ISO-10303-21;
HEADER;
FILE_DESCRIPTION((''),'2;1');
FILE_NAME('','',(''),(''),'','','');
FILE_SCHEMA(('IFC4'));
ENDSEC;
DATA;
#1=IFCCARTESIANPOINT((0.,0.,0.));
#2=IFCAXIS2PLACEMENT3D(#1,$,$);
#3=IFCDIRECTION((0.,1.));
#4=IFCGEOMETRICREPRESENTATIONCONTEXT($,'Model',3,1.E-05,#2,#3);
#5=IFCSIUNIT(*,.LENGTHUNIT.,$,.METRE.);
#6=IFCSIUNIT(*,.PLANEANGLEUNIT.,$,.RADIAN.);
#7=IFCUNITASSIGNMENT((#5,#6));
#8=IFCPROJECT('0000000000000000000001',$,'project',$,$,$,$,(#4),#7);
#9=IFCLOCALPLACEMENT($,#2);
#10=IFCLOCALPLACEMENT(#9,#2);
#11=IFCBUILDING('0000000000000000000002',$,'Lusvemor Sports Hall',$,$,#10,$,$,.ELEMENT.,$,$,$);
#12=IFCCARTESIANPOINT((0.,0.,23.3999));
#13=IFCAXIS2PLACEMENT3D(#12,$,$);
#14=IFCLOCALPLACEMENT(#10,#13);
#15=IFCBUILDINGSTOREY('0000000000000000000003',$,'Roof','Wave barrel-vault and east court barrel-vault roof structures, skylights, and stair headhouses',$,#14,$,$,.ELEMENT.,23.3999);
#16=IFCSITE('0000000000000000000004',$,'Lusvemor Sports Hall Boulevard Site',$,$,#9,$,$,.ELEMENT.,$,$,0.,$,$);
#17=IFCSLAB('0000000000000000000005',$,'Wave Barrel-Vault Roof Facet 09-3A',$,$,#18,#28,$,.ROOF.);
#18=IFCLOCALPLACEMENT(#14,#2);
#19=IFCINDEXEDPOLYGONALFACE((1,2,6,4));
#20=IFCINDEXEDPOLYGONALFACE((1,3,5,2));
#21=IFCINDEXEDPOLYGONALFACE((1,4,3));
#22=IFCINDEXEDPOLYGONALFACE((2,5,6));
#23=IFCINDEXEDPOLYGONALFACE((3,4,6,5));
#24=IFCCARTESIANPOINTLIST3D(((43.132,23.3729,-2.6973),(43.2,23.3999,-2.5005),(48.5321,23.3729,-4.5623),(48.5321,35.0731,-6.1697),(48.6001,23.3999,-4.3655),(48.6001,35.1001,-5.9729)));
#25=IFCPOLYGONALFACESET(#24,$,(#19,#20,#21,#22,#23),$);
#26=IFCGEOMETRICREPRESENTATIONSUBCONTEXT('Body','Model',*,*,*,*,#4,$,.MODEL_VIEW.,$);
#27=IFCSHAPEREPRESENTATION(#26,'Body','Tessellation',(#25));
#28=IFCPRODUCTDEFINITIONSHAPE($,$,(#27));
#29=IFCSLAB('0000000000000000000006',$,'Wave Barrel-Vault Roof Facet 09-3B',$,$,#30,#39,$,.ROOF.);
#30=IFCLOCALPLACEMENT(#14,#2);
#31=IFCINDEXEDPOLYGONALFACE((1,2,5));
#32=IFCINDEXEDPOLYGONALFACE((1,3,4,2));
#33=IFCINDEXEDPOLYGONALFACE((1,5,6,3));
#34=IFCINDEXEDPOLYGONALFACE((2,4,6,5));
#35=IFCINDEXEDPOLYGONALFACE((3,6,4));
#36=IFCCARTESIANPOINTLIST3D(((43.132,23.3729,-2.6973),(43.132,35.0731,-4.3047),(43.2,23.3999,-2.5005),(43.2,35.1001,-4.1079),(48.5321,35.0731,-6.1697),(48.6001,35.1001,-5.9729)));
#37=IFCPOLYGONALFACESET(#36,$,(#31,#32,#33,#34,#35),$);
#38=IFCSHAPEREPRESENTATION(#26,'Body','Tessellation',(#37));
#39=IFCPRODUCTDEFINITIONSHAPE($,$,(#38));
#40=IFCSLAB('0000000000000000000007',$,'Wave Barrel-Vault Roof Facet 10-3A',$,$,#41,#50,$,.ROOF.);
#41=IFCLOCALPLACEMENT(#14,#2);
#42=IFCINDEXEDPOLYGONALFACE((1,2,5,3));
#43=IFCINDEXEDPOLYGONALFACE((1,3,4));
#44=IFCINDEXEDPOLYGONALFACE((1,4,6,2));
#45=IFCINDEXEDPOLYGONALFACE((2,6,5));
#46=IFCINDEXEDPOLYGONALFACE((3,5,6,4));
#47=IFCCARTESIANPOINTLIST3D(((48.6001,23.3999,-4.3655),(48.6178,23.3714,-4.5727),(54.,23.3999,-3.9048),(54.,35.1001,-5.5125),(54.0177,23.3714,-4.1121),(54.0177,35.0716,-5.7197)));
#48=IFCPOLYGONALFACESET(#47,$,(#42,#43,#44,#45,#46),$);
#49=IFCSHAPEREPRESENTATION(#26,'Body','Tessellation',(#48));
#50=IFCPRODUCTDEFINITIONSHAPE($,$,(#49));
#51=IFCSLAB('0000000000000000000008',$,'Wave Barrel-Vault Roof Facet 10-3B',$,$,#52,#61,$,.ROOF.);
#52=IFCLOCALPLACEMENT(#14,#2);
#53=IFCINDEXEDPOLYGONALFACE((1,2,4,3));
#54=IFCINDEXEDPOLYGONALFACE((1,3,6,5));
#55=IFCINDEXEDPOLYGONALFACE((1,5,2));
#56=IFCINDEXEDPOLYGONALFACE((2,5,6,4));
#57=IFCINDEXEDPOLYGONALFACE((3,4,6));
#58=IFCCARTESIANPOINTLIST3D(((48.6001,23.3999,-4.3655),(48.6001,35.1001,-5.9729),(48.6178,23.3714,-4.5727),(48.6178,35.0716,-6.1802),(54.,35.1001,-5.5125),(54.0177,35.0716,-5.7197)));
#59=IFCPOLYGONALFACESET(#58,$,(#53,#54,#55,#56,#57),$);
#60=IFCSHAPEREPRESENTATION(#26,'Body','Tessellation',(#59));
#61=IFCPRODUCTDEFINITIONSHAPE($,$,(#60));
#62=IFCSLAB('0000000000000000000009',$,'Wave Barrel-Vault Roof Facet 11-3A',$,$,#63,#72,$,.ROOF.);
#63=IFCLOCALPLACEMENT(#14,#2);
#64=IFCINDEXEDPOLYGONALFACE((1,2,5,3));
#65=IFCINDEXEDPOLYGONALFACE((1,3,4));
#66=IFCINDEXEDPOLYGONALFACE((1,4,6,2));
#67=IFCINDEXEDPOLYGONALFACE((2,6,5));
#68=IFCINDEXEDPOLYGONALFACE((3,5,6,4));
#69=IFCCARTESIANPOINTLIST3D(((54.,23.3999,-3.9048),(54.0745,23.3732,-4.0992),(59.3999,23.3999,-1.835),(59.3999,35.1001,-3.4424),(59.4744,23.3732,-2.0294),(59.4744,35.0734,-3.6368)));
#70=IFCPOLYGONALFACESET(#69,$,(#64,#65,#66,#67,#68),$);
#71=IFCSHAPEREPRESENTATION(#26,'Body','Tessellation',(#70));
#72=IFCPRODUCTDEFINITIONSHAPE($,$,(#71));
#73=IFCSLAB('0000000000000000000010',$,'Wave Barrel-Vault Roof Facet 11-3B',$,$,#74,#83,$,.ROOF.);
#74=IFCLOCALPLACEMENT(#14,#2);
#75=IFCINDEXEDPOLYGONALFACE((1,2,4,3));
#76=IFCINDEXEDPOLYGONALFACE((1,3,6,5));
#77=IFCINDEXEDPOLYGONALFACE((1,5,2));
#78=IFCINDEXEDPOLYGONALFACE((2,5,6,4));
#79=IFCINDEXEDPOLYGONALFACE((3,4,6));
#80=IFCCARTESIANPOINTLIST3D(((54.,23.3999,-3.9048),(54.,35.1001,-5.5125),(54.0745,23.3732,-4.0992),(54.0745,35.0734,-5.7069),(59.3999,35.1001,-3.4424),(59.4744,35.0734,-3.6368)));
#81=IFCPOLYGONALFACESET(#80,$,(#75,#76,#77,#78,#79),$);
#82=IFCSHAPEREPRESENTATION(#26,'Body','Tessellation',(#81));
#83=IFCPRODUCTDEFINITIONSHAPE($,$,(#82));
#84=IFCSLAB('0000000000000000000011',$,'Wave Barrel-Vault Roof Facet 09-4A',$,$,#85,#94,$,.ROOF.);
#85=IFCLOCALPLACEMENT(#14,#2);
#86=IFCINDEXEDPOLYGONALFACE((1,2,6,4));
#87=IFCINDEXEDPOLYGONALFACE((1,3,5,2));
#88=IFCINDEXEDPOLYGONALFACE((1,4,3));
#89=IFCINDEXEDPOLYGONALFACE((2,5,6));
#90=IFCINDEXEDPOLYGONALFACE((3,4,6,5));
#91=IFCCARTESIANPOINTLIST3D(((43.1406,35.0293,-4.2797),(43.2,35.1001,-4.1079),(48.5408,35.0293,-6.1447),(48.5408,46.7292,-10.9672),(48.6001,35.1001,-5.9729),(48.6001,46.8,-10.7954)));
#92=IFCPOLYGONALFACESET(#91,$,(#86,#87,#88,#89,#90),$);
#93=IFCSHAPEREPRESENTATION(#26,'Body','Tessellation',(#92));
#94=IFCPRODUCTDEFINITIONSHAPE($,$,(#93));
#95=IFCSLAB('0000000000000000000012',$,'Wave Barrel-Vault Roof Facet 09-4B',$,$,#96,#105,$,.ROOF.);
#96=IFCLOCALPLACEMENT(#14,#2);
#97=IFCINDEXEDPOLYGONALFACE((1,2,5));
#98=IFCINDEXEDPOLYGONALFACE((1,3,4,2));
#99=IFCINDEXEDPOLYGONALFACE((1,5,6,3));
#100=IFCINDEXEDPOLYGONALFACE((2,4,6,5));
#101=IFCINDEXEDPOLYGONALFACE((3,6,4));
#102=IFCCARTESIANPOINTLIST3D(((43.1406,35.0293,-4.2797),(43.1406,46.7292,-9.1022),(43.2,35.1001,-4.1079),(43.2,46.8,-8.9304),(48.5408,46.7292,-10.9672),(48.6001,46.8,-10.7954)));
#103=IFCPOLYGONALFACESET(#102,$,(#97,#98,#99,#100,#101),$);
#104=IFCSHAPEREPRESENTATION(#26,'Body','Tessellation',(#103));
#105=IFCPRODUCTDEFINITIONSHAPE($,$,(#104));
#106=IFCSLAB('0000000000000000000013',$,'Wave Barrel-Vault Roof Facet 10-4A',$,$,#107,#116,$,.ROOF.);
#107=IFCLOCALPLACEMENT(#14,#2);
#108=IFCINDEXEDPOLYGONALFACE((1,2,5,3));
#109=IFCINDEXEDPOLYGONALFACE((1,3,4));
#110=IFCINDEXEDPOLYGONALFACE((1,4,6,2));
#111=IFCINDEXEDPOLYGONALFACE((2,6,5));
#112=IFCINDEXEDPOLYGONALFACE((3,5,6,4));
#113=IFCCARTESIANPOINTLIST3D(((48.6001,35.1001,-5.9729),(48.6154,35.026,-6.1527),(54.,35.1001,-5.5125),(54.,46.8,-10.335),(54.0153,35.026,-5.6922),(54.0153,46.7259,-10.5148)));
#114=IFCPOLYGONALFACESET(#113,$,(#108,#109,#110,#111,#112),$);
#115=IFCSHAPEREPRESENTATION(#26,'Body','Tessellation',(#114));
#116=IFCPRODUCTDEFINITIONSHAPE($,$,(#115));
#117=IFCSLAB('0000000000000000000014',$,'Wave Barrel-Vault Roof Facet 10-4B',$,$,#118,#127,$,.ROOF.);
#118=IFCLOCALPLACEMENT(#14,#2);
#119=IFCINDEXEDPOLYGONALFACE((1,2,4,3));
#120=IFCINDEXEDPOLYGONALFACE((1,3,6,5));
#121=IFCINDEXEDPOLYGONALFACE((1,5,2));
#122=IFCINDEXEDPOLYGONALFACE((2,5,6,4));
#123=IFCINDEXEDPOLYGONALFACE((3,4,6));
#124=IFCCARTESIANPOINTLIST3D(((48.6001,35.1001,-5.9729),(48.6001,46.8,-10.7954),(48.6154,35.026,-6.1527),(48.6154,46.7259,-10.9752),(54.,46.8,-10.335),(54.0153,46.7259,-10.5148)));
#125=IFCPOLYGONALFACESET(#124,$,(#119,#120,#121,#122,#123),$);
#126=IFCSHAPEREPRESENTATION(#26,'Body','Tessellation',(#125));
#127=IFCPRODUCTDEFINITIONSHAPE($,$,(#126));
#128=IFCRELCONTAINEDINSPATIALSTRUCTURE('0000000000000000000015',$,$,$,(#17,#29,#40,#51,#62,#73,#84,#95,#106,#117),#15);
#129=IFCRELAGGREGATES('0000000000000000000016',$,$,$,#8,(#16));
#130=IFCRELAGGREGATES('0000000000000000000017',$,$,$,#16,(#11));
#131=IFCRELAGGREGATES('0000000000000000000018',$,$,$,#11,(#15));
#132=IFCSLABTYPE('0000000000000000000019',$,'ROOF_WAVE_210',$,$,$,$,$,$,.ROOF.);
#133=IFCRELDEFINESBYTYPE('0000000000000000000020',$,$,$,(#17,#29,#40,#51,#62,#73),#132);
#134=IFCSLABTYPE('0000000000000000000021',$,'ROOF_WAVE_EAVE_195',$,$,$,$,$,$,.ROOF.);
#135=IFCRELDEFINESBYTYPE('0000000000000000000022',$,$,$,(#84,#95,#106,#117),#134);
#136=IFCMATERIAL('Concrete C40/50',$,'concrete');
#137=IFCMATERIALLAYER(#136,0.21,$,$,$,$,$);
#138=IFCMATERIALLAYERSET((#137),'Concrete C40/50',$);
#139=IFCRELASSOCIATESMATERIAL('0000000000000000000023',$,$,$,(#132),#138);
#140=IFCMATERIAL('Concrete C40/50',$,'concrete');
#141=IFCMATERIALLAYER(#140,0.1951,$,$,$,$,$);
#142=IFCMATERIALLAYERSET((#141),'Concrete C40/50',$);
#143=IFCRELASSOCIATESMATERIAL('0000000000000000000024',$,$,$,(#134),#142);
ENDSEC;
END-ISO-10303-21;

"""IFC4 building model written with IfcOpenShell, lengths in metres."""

from ifc_helpers import new_model, si_unit, direction, frame, origin, place, context, subcontext, project, spatial, polyline, outline, extrude, material, layer, layer_set, type_object, element, save


model = new_model("IFC4")

# Units and contexts
model_context = context("Model", 3, precision=1e-05, world=origin(), true_north=direction((0.0, 1.0)))
body_context = subcontext(model_context, "Body", "Model", "MODEL_VIEW")
ifc_project = project(units=[si_unit("LENGTHUNIT", "METRE"), si_unit("PLANEANGLEUNIT", "RADIAN")], contexts=[model_context])

# Site, building, storey
site_placement = place(None, origin())
site = spatial("IfcSite", under=ifc_project, at=site_placement, Name="Lusvemor Sports Hall Boulevard Site", CompositionType="ELEMENT", RefElevation=0.0)
building_placement = place(site_placement, origin())
building = spatial("IfcBuilding", under=site, at=building_placement, Name="Lusvemor Sports Hall", CompositionType="ELEMENT")
storey_placement = place(building_placement, frame((0.0, 0.0, 23.3999)))
storey = spatial("IfcBuildingStorey", under=building, at=storey_placement, Name="Roof", Description="Wave barrel-vault and east court barrel-vault roof structures, skylights, and stair headhouses", CompositionType="ELEMENT", Elevation=23.3999)

# Slabs
ifc_material_1 = material(Name="Concrete C40/50", Category="concrete")
ifc_layer_1 = layer(ifc_material_1, 0.21)
ifc_layer_set_1 = layer_set([ifc_layer_1], Name="Concrete C40/50")
slab_type_1 = type_object("IfcSlabType", Name="ROOF_WAVE_210", PredefinedType="ROOF", material=ifc_layer_set_1)
slab_1_placement = place(storey_placement, frame((43.2, 23.3999, -2.5005), z_axis=(0.323722, 0.128777, 0.937348), x_axis=(0.945218, 0.0, -0.32644)))
element("IfcSlab", 1, at=slab_1_placement, inside=storey, type_object=slab_type_1, Name="Wave Barrel-Vault Roof Facet 09-3A", PredefinedType="ROOF", context=body_context, shape_type="SweptSolid", body=[
    extrude(outline(polyline([(0.0, 0.0), (5.7131, 0.0), (6.2378, 11.7984), (0.0, 0.0)])), origin(), (0.0, 0.0, -1.0), 0.21),
])
slab_2_placement = place(storey_placement, frame((43.2, 23.3999, -2.5005), z_axis=(0.323722, 0.128777, 0.937348), x_axis=(0.404629, 0.876687, -0.260185)))
element("IfcSlab", 2, at=slab_2_placement, inside=storey, type_object=slab_type_1, Name="Wave Barrel-Vault Roof Facet 09-3B", PredefinedType="ROOF", context=body_context, shape_type="SweptSolid", body=[
    extrude(outline(polyline([(0.0, 0.0), (13.3459, 0.0), (10.6756, 5.0507), (0.0, 0.0)])), origin(), (0.0, 0.0, -1.0), 0.21),
])
slab_3_placement = place(storey_placement, frame((48.6001, 23.3999, -4.3655), z_axis=(-0.084221, 0.135642, 0.987172), x_axis=(0.99638, 0.0, 0.085006)))
element("IfcSlab", 3, at=slab_3_placement, inside=storey, type_object=slab_type_1, Name="Wave Barrel-Vault Roof Facet 10-3A", PredefinedType="ROOF", context=body_context, shape_type="SweptSolid", body=[
    extrude(outline(polyline([(0.0, 0.0), (5.4195, 0.0), (5.2829, 11.8093), (0.0, 0.0)])), origin(), (0.0, 0.0, -1.0), 0.21),
])
slab_4_placement = place(storey_placement, frame((48.6001, 23.3999, -4.3655), z_axis=(-0.084177, 0.135623, 0.987178), x_axis=(0.417396, 0.90439, -0.088657)))
element("IfcSlab", 4, at=slab_4_placement, inside=storey, type_object=slab_type_1, Name="Wave Barrel-Vault Roof Facet 10-3B", PredefinedType="ROOF", context=body_context, shape_type="SweptSolid", body=[
    extrude(outline(polyline([(0.0, 0.0), (12.9371, 0.0), (10.724, 4.947), (0.0, 0.0)])), origin(), (0.0, 0.0, -1.0), 0.21),
])
slab_5_placement = place(storey_placement, frame((54.0, 23.3999, -3.9048), z_axis=(-0.355006, 0.12724, 0.926164), x_axis=(0.933754, 0.0, 0.357915)))
element("IfcSlab", 5, at=slab_5_placement, inside=storey, type_object=slab_type_1, Name="Wave Barrel-Vault Roof Facet 11-3A", PredefinedType="ROOF", context=body_context, shape_type="SweptSolid", body=[
    extrude(outline(polyline([(0.0, 0.0), (5.783, 0.0), (5.2077, 11.7961), (0.0, 0.0)])), origin(), (0.0, 0.0, -1.0), 0.21),
])
slab_6_placement = place(storey_placement, frame((54.0, 23.3999, -3.9048), z_axis=(-0.355042, 0.127257, 0.926148), x_axis=(0.418777, 0.907381, 0.035861)))
element("IfcSlab", 6, at=slab_6_placement, inside=storey, type_object=slab_type_1, Name="Wave Barrel-Vault Roof Facet 11-3B", PredefinedType="ROOF", context=body_context, shape_type="SweptSolid", body=[
    extrude(outline(polyline([(0.0, 0.0), (12.8945, 0.0), (10.5589, 5.2905), (0.0, 0.0)])), origin(), (0.0, 0.0, -1.0), 0.21),
])
ifc_material_2 = material(Name="Concrete C40/50", Category="concrete")
ifc_layer_2 = layer(ifc_material_2, 0.1951)
ifc_layer_set_2 = layer_set([ifc_layer_2], Name="Concrete C40/50")
slab_type_2 = type_object("IfcSlabType", Name="ROOF_WAVE_EAVE_195", PredefinedType="ROOF", material=ifc_layer_set_2)
slab_7_placement = place(storey_placement, frame((43.2, 35.1001, -4.1079), z_axis=(0.30417, 0.363023, 0.880735), x_axis=(0.945218, 0.0, -0.32644)))
element("IfcSlab", 7, at=slab_7_placement, inside=storey, type_object=slab_type_2, Name="Wave Barrel-Vault Roof Facet 09-4A", PredefinedType="ROOF", context=body_context, shape_type="SweptSolid", body=[
    extrude(outline(polyline([(0.0, 0.0), (5.7131, 0.0), (7.2874, 12.5566), (0.0, 0.0)])), origin(), (0.0, 0.0, -1.0), 0.1951),
])
slab_8_placement = place(storey_placement, frame((43.2, 35.1001, -4.1079), z_axis=(0.30417, 0.363023, 0.880735), x_axis=(0.371961, 0.805891, -0.460634)))
element("IfcSlab", 8, at=slab_8_placement, inside=storey, type_object=slab_type_2, Name="Wave Barrel-Vault Roof Facet 09-4B", PredefinedType="ROOF", context=body_context, shape_type="SweptSolid", body=[
    extrude(outline(polyline([(0.0, 0.0), (14.518, 0.0), (11.6503, 4.9412), (0.0, 0.0)])), origin(), (0.0, 0.0, -1.0), 0.1951),
])
slab_9_placement = place(storey_placement, frame((48.6001, 35.1001, -5.9729), z_axis=(-0.078592, 0.379901, 0.921682), x_axis=(0.996384, 0.0, 0.084962)))
element("IfcSlab", 9, at=slab_9_placement, inside=storey, type_object=slab_type_2, Name="Wave Barrel-Vault Roof Facet 10-4A", PredefinedType="ROOF", context=body_context, shape_type="SweptSolid", body=[
    extrude(outline(polyline([(0.0, 0.0), (5.4195, 0.0), (5.0098, 12.6482), (0.0, 0.0)])), origin(), (0.0, 0.0, -1.0), 0.1951),
])
slab_10_placement = place(storey_placement, frame((48.6001, 35.1001, -5.9729), z_axis=(-0.078592, 0.379901, 0.921682), x_axis=(0.396928, 0.860022, -0.32064)))
element("IfcSlab", 10, at=slab_10_placement, inside=storey, type_object=slab_type_2, Name="Wave Barrel-Vault Roof Facet 10-4B", PredefinedType="ROOF", context=body_context, shape_type="SweptSolid", body=[
    extrude(outline(polyline([(0.0, 0.0), (13.6042, 0.0), (11.6085, 5.0387), (0.0, 0.0)])), origin(), (0.0, 0.0, -1.0), 0.1951),
])

save(model, "model.ifc")
